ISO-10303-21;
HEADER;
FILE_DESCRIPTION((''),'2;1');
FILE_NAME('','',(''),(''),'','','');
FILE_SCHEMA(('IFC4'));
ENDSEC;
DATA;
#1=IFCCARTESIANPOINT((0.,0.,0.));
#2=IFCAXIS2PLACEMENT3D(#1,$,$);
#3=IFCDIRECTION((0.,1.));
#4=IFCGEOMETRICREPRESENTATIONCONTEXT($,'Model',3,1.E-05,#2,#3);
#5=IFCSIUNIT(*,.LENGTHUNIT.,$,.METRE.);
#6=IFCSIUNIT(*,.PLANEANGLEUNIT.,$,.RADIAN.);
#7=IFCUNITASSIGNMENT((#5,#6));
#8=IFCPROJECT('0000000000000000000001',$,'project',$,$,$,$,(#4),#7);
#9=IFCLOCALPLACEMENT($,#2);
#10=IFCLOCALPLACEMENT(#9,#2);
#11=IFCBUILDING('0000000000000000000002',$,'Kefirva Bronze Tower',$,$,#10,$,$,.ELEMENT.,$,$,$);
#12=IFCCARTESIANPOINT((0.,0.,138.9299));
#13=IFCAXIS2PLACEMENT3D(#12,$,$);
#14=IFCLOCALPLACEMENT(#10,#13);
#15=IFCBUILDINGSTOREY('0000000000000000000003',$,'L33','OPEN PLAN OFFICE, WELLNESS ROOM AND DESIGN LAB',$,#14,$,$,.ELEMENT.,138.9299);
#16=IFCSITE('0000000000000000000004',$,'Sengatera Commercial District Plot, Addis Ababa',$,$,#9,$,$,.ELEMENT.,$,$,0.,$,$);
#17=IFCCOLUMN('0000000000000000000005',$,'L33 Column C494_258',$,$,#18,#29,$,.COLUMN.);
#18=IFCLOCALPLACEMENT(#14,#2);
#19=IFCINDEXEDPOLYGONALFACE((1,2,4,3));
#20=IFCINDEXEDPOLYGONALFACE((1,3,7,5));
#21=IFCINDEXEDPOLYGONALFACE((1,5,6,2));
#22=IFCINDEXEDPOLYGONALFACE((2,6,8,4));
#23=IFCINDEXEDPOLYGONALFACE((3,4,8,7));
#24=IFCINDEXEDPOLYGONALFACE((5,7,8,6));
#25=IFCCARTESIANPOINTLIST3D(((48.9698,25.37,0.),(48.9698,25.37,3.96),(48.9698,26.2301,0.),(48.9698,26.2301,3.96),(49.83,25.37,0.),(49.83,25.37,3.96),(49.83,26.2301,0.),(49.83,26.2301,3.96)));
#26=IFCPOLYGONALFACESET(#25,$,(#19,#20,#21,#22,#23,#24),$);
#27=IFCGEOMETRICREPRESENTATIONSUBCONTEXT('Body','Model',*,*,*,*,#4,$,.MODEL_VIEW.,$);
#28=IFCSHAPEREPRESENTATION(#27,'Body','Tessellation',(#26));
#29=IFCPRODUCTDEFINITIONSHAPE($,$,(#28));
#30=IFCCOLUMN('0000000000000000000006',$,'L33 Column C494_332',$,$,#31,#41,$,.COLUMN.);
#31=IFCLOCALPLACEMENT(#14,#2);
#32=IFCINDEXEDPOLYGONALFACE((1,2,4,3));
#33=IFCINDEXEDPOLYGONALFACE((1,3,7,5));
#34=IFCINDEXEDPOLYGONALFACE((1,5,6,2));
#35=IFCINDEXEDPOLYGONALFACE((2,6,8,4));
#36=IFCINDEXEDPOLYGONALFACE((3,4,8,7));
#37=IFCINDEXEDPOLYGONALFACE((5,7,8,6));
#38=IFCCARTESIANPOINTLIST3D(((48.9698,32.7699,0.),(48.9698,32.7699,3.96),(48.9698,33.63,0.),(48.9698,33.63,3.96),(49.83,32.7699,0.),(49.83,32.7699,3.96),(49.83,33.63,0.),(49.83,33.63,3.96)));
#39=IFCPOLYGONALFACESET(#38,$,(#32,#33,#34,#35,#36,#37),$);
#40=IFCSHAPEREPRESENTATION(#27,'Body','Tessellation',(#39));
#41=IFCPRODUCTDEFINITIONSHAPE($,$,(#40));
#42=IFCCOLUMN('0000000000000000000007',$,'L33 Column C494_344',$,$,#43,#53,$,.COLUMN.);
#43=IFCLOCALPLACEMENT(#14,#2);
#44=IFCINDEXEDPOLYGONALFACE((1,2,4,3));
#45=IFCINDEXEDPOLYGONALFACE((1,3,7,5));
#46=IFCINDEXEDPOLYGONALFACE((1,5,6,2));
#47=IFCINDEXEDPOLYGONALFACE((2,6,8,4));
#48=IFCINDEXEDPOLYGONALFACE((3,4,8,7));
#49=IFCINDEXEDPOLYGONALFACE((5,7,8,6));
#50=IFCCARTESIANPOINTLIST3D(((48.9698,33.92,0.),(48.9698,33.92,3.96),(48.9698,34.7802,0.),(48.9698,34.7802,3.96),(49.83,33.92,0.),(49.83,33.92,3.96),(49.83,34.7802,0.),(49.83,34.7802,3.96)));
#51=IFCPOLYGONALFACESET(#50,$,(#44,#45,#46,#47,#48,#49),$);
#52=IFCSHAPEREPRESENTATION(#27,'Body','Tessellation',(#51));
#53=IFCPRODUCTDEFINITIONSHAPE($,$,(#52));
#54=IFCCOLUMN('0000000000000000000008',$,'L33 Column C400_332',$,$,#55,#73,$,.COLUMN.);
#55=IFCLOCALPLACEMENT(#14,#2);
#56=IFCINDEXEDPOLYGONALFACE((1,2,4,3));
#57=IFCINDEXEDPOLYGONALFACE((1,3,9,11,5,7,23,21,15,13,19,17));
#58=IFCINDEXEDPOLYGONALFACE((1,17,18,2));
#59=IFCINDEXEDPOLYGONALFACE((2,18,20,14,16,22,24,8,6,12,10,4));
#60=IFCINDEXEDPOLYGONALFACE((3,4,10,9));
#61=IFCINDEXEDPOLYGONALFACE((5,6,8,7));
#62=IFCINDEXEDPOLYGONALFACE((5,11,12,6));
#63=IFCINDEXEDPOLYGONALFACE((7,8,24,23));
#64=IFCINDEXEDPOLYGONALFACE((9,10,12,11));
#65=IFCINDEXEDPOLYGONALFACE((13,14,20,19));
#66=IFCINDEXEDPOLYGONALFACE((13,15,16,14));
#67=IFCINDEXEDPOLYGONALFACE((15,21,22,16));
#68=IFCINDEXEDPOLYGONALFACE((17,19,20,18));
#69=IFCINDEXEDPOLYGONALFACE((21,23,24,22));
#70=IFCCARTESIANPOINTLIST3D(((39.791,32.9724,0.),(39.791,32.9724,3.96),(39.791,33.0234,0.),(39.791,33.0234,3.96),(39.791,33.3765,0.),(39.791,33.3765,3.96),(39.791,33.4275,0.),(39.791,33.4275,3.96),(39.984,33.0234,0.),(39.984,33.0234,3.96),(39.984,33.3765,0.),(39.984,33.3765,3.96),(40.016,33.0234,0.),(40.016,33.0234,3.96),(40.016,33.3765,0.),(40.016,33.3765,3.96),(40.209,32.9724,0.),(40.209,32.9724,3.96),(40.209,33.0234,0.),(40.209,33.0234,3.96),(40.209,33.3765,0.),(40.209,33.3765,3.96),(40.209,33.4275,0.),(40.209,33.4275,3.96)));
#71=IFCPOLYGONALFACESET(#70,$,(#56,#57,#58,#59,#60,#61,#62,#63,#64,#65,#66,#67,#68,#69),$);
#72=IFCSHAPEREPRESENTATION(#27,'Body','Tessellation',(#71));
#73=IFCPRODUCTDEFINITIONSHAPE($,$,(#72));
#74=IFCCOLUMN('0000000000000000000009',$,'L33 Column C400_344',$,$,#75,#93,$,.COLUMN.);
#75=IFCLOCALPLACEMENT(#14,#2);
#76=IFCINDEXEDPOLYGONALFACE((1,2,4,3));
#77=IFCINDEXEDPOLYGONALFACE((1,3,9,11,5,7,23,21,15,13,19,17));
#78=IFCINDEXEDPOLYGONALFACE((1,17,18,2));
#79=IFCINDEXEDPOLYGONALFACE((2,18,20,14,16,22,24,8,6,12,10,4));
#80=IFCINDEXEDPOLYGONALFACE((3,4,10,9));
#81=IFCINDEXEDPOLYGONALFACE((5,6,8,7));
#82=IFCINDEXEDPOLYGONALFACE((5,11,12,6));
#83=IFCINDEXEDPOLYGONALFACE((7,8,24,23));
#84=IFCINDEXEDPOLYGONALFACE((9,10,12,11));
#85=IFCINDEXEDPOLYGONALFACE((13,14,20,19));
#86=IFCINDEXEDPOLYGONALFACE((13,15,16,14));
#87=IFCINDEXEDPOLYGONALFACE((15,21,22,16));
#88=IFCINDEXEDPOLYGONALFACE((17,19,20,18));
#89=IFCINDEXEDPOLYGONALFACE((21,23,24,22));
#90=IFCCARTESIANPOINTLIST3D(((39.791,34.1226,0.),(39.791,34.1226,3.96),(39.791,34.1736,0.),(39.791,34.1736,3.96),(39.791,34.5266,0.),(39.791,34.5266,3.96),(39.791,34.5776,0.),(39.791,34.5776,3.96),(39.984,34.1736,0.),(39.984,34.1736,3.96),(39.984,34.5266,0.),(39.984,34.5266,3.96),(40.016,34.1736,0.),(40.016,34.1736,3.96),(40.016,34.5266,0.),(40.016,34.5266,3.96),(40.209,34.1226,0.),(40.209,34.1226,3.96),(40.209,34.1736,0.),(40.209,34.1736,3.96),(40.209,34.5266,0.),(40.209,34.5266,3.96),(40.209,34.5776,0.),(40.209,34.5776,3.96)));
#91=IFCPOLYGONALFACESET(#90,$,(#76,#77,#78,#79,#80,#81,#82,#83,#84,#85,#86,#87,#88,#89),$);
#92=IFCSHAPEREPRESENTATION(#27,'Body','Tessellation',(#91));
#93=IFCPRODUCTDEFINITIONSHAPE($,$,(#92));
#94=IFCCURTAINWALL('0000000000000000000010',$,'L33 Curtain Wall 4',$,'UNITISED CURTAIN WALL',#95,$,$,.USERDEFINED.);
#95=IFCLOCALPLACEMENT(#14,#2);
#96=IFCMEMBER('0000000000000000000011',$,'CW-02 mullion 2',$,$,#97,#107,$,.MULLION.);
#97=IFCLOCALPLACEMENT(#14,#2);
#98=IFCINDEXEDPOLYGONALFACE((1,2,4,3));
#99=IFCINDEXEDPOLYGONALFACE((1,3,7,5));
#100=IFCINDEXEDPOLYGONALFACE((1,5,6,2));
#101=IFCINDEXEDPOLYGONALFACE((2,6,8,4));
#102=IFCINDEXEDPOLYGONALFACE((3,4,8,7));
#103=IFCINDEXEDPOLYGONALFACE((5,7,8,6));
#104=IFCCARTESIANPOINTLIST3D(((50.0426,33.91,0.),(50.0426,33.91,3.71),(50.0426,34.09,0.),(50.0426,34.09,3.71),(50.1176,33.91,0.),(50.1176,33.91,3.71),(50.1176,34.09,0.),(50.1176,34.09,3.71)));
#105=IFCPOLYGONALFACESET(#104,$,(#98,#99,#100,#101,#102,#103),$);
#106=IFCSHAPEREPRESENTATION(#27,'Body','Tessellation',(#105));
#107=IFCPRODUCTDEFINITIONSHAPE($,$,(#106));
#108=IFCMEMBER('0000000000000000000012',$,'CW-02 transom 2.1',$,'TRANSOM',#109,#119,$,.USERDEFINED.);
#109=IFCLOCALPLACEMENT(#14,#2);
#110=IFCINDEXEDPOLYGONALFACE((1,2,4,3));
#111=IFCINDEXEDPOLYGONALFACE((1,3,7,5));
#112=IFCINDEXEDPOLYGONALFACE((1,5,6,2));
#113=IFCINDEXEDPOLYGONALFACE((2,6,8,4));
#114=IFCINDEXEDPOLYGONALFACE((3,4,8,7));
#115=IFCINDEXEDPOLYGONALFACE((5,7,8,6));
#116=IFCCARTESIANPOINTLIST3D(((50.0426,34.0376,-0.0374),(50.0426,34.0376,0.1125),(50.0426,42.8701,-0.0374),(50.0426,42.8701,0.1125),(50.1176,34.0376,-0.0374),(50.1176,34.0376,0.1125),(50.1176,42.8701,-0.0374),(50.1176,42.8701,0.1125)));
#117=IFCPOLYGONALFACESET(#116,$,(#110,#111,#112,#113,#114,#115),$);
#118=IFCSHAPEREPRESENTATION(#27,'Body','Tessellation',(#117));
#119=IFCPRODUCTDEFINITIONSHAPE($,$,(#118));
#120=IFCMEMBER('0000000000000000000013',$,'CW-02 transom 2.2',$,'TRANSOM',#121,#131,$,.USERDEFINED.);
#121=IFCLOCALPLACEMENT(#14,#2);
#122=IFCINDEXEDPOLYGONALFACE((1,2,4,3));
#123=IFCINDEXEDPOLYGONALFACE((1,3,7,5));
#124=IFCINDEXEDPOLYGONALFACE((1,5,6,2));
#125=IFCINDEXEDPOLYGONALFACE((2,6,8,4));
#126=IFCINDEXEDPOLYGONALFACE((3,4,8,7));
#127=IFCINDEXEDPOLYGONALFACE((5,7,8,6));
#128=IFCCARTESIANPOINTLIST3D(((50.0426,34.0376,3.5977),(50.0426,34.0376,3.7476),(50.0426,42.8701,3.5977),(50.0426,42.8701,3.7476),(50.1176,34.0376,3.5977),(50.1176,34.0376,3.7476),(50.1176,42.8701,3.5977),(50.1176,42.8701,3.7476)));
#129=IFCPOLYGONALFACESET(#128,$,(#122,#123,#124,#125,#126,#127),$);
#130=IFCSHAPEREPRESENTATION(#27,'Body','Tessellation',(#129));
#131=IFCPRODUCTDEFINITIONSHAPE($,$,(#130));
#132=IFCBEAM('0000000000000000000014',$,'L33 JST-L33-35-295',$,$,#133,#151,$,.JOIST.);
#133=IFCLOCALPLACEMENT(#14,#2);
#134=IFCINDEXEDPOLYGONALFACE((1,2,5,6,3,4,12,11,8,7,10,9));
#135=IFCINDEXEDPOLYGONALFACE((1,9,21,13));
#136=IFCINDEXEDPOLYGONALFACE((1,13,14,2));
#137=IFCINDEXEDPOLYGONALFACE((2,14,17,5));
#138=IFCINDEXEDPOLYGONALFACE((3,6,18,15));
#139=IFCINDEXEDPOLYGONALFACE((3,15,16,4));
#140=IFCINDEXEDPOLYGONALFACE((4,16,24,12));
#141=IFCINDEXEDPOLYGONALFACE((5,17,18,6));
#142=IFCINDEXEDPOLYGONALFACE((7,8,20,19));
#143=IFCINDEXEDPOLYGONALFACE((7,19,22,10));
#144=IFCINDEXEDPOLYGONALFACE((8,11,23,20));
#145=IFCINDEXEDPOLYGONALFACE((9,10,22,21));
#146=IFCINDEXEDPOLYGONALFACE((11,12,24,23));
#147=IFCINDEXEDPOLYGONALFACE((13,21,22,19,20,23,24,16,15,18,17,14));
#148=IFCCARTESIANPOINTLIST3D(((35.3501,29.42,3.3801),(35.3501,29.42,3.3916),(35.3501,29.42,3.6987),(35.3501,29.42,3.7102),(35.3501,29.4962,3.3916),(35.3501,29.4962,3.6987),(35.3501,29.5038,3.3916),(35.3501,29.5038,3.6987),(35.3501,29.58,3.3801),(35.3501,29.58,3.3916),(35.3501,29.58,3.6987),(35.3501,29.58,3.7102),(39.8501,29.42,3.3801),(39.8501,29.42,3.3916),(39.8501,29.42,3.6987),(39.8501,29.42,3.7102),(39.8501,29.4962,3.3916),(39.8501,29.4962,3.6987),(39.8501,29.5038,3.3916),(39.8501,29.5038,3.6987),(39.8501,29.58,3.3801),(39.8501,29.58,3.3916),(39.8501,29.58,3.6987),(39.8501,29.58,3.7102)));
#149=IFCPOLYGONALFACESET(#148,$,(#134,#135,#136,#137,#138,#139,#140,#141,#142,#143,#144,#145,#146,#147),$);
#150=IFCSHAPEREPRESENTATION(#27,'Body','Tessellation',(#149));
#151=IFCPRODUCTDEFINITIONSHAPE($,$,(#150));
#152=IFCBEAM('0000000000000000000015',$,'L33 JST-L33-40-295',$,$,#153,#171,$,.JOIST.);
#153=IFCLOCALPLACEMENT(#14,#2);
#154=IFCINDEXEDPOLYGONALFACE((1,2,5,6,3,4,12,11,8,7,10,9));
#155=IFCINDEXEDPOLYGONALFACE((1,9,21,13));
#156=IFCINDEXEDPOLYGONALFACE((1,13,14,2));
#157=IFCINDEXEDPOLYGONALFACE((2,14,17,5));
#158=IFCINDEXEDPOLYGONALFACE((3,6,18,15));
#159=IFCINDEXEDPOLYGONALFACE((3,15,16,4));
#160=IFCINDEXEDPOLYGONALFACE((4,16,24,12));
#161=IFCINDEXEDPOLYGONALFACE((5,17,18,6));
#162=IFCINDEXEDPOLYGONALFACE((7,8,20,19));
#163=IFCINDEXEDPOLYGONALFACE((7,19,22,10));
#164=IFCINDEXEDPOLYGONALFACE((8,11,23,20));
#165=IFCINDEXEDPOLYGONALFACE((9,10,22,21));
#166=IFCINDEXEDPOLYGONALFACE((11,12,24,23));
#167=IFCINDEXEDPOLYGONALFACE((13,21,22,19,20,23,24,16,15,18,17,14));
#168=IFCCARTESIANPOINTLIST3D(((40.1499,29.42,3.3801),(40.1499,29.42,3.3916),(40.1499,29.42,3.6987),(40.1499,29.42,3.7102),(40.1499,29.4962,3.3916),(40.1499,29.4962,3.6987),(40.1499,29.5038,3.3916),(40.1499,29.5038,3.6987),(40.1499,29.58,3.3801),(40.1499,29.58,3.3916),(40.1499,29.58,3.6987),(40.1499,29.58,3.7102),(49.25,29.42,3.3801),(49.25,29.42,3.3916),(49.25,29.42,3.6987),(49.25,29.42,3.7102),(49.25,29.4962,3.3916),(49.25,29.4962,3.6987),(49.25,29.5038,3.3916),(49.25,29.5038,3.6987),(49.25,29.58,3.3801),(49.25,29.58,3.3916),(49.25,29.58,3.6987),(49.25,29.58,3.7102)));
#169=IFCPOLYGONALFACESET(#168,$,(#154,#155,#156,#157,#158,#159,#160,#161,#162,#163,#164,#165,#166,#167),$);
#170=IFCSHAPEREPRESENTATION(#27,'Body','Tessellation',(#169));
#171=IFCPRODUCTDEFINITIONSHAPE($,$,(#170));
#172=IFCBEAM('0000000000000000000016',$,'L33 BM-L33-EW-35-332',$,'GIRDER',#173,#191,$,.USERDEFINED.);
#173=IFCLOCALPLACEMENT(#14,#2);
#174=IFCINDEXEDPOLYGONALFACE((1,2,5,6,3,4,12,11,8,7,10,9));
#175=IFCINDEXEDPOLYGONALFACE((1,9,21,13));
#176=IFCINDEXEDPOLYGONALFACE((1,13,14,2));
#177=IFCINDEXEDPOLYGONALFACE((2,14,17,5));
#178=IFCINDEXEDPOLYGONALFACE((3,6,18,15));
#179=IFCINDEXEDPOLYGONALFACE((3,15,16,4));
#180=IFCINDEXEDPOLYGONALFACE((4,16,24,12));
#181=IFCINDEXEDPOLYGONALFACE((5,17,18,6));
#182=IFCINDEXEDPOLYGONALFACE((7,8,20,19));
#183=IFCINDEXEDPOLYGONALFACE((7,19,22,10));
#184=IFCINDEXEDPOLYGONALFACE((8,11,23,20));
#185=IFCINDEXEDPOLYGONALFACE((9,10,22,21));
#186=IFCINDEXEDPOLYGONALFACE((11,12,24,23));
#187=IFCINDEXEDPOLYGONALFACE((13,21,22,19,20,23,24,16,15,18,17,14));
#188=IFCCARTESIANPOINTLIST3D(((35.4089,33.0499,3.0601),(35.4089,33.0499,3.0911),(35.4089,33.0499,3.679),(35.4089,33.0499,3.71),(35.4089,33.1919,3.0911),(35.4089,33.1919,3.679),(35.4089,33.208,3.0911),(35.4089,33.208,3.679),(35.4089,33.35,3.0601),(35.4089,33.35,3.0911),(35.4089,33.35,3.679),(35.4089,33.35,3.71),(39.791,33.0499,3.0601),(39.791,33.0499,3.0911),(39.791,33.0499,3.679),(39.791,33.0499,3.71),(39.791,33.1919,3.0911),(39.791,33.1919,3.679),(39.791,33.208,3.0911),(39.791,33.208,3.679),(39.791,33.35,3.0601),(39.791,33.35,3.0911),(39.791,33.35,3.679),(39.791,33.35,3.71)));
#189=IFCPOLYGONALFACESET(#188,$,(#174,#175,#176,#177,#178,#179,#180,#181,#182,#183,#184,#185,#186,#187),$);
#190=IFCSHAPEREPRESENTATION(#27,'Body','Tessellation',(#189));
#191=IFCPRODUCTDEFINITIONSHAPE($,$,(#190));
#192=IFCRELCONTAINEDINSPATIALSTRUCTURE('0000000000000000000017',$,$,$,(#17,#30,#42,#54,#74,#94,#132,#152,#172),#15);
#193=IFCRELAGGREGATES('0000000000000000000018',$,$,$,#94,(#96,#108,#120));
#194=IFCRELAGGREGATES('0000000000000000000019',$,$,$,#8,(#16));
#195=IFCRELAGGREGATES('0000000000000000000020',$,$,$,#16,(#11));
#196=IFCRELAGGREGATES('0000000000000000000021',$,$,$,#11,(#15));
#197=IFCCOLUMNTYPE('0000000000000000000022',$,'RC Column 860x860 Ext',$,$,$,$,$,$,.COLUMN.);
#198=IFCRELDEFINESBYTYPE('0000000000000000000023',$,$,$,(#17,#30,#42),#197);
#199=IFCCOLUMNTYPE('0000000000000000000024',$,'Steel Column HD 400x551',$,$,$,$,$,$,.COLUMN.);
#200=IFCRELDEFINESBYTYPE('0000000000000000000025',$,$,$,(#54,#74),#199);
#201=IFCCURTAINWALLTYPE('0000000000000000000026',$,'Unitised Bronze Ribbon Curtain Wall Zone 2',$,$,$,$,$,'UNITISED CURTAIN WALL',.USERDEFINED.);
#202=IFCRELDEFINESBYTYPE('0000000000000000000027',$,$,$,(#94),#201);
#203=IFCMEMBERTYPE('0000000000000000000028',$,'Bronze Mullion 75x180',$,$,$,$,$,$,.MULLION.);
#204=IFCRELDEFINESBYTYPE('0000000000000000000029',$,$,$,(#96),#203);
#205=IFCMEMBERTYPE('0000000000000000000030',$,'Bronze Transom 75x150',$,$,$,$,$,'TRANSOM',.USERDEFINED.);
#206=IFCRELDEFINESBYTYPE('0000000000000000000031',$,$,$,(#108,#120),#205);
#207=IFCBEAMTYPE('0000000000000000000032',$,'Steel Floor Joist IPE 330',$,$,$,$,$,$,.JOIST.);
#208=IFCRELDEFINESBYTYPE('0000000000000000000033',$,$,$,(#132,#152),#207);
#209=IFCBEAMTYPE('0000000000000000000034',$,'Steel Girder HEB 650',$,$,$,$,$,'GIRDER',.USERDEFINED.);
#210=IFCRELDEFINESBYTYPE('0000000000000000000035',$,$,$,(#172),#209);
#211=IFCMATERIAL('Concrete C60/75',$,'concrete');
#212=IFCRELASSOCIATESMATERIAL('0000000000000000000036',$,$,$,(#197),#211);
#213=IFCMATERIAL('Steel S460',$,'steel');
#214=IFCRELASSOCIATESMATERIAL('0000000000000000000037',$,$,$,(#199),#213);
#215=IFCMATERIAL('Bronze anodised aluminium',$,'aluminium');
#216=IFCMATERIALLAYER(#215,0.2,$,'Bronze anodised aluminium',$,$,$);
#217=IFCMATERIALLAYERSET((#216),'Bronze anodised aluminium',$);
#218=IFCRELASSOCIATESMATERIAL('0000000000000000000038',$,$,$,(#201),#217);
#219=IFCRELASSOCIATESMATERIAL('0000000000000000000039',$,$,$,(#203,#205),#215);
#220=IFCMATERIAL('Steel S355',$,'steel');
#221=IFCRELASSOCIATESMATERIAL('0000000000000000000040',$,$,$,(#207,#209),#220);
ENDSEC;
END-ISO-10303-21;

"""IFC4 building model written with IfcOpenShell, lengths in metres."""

from ifc_helpers import new_model, si_unit, direction, frame, origin, origin_2d, place, context, subcontext, project, spatial, rectangle, i_section, extrude, material, layer, layer_set, material_profile, profile_set, type_object, element, aggregate, save


model = new_model("IFC4")

# Units and contexts
model_context = context("Model", 3, precision=1e-05, world=origin(), true_north=direction((0.0, 1.0)))
body_context = subcontext(model_context, "Body", "Model", "MODEL_VIEW")
ifc_project = project(units=[si_unit("LENGTHUNIT", "METRE"), si_unit("PLANEANGLEUNIT", "RADIAN")], contexts=[model_context])

# Site, building, storey
site_placement = place(None, origin())
site = spatial("IfcSite", under=ifc_project, at=site_placement, Name="Sengatera Commercial District Plot, Addis Ababa", CompositionType="ELEMENT", RefElevation=0.0)
building_placement = place(site_placement, origin())
building = spatial("IfcBuilding", under=site, at=building_placement, Name="Kefirva Bronze Tower", CompositionType="ELEMENT")
storey_placement = place(building_placement, frame((0.0, 0.0, 138.9299)))
storey = spatial("IfcBuildingStorey", under=building, at=storey_placement, Name="L33", Description="OPEN PLAN OFFICE, WELLNESS ROOM AND DESIGN LAB", CompositionType="ELEMENT", Elevation=138.9299)

# Columns
ifc_material_1 = material(Name="Concrete C60/75", Category="concrete")
ifc_material_profile_1 = material_profile(ifc_material_1, rectangle(XDim=0.8601, YDim=0.8601, at=origin_2d()), Name="RC 860x860")
ifc_profile_set_1 = profile_set([ifc_material_profile_1], Name="Concrete C60/75")
column_type_1 = type_object("IfcColumnType", Name="RC Column 860x860 Ext", PredefinedType="COLUMN", material=ifc_profile_set_1)
for number, where, z_axis, x_axis, name in (
    (1, (49.3999, 25.8, 0.0), (0.0, 0.0, 1.0), (1.0, 0.0, 0.0), "L33 Column C494_258"),
    (2, (49.3999, 33.2, 0.0), (0.0, 0.0, 1.0), (1.0, 0.0, 0.0), "L33 Column C494_332"),
    (3, (49.3999, 34.3501, 0.0), (0.0, 0.0, 1.0), (1.0, 0.0, 0.0), "L33 Column C494_344"),
):
    element("IfcColumn", number, at=place(storey_placement, frame(where, z_axis=z_axis, x_axis=x_axis)), inside=storey, type_object=column_type_1, Name=name, PredefinedType="COLUMN", context=body_context, shape_type="SweptSolid", body=[
        extrude(rectangle(XDim=0.8601, YDim=0.8601, at=origin_2d()), origin(), (0.0, 0.0, 1.0), 3.96),
    ])
ifc_material_2 = material(Name="Steel S460", Category="steel")
ifc_material_profile_2 = material_profile(ifc_material_2, i_section(OverallWidth=0.418, OverallDepth=0.4551, WebThickness=0.032, FlangeThickness=0.051, at=origin_2d()), Name="HD 400x551")
ifc_profile_set_2 = profile_set([ifc_material_profile_2], Name="Steel S460")
column_type_2 = type_object("IfcColumnType", Name="Steel Column HD 400x551", PredefinedType="COLUMN", material=ifc_profile_set_2)
for number, where, z_axis, x_axis, name in (
    (4, (40.0, 33.2, 0.0), (0.0, 0.0, 1.0), (1.0, 0.0, 0.0), "L33 Column C400_332"),
    (5, (40.0, 34.3501, 0.0), (0.0, 0.0, 1.0), (1.0, 0.0, 0.0), "L33 Column C400_344"),
):
    element("IfcColumn", number, at=place(storey_placement, frame(where, z_axis=z_axis, x_axis=x_axis)), inside=storey, type_object=column_type_2, Name=name, PredefinedType="COLUMN", context=body_context, shape_type="SweptSolid", body=[
        extrude(i_section(OverallWidth=0.418, OverallDepth=0.4551, WebThickness=0.032, FlangeThickness=0.051, at=origin_2d()), origin(), (0.0, 0.0, 1.0), 3.96),
    ])

# Curtain wall, members
ifc_material_3 = material(Name="Bronze anodised aluminium", Category="aluminium")
ifc_layer_1 = layer(ifc_material_3, 0.2, Name="Bronze anodised aluminium")
ifc_layer_set_1 = layer_set([ifc_layer_1], Name="Bronze anodised aluminium")
curtain_wall_type = type_object("IfcCurtainWallType", Name="Unitised Bronze Ribbon Curtain Wall Zone 2", ElementType="UNITISED CURTAIN WALL", PredefinedType="USERDEFINED", material=ifc_layer_set_1)
curtain_wall_placement = place(storey_placement, origin())
curtain_wall = element("IfcCurtainWall", 6, at=curtain_wall_placement, inside=storey, type_object=curtain_wall_type, Name="L33 Curtain Wall 4", ObjectType="UNITISED CURTAIN WALL", PredefinedType="USERDEFINED")
ifc_material_profile_3 = material_profile(ifc_material_3, rectangle(XDim=0.075, YDim=0.1799, at=origin_2d()), Name="ALU 75x180")
ifc_profile_set_3 = profile_set([ifc_material_profile_3], Name="Bronze anodised aluminium")
member_type_1 = type_object("IfcMemberType", Name="Bronze Mullion 75x180", PredefinedType="MULLION", material=ifc_profile_set_3)
member_1_placement = place(storey_placement, frame((50.0801, 34.0, 0.0), z_axis=(0.0, 0.0, 1.0), x_axis=(-1.0, 0.0, 0.0)))
member_1 = element("IfcMember", 7, at=member_1_placement, type_object=member_type_1, Name="CW-02 mullion 2", PredefinedType="MULLION", context=body_context, shape_type="SweptSolid", body=[
    extrude(rectangle(XDim=0.075, YDim=0.1799, at=origin_2d()), origin(), (0.0, 0.0, 1.0), 3.71),
])
ifc_material_profile_4 = material_profile(ifc_material_3, rectangle(XDim=0.075, YDim=0.1499, at=origin_2d()), Name="ALU 75x150")
ifc_profile_set_4 = profile_set([ifc_material_profile_4], Name="Bronze anodised aluminium")
member_type_2 = type_object("IfcMemberType", Name="Bronze Transom 75x150", ElementType="TRANSOM", PredefinedType="USERDEFINED", material=ifc_profile_set_4)
member_2_placement = place(storey_placement, frame((50.0801, 34.0376, 0.0376), z_axis=(0.0, 1.0, 0.0), x_axis=(-1.0, 0.0, 0.0)))
member_2 = element("IfcMember", 8, at=member_2_placement, type_object=member_type_2, Name="CW-02 transom 2.1", ObjectType="TRANSOM", PredefinedType="USERDEFINED", context=body_context, shape_type="SweptSolid", body=[
    extrude(rectangle(XDim=0.075, YDim=0.1499, at=origin_2d()), origin(), (0.0, 0.0, 1.0), 8.8325),
])
member_3_placement = place(storey_placement, frame((50.0801, 34.0376, 3.6726), z_axis=(0.0, 1.0, 0.0), x_axis=(-1.0, 0.0, 0.0)))
member_3 = element("IfcMember", 9, at=member_3_placement, type_object=member_type_2, Name="CW-02 transom 2.2", ObjectType="TRANSOM", PredefinedType="USERDEFINED", context=body_context, shape_type="SweptSolid", body=[
    extrude(rectangle(XDim=0.075, YDim=0.1499, at=origin_2d()), origin(), (0.0, 0.0, 1.0), 8.8325),
])

# Beams
ifc_material_4 = material(Name="Steel S355", Category="steel")
ifc_material_profile_5 = material_profile(ifc_material_4, i_section(OverallWidth=0.1599, OverallDepth=0.3301, WebThickness=0.0076, FlangeThickness=0.0115, at=origin_2d()), Name="IPE 330")
ifc_profile_set_5 = profile_set([ifc_material_profile_5], Name="Steel S355")
beam_type_1 = type_object("IfcBeamType", Name="Steel Floor Joist IPE 330", PredefinedType="JOIST", material=ifc_profile_set_5)
beam_1_placement = place(storey_placement, frame((35.3501, 29.5, 3.5452), z_axis=(1.0, 0.0, 0.0), x_axis=(0.0, 1.0, 0.0)))
element("IfcBeam", 10, at=beam_1_placement, inside=storey, type_object=beam_type_1, Name="L33 JST-L33-35-295", PredefinedType="JOIST", context=body_context, shape_type="SweptSolid", body=[
    extrude(i_section(OverallWidth=0.1599, OverallDepth=0.3301, WebThickness=0.0076, FlangeThickness=0.0115, at=origin_2d()), origin(), (0.0, 0.0, 1.0), 4.5),
])
beam_2_placement = place(storey_placement, frame((40.1499, 29.5, 3.5452), z_axis=(1.0, 0.0, 0.0), x_axis=(0.0, 1.0, 0.0)))
element("IfcBeam", 11, at=beam_2_placement, inside=storey, type_object=beam_type_1, Name="L33 JST-L33-40-295", PredefinedType="JOIST", context=body_context, shape_type="SweptSolid", body=[
    extrude(i_section(OverallWidth=0.1599, OverallDepth=0.3301, WebThickness=0.0076, FlangeThickness=0.0115, at=origin_2d()), origin(), (0.0, 0.0, 1.0), 9.1001),
])
ifc_material_profile_6 = material_profile(ifc_material_4, i_section(OverallWidth=0.3, OverallDepth=0.6499, WebThickness=0.0161, FlangeThickness=0.031, at=origin_2d()), Name="HEB 650")
ifc_profile_set_6 = profile_set([ifc_material_profile_6], Name="Steel S355")
beam_type_2 = type_object("IfcBeamType", Name="Steel Girder HEB 650", ElementType="GIRDER", PredefinedType="USERDEFINED", material=ifc_profile_set_6)
beam_3_placement = place(storey_placement, frame((35.4089, 33.2, 3.385), z_axis=(1.0, 0.0, 0.0), x_axis=(0.0, 1.0, 0.0)))
element("IfcBeam", 12, at=beam_3_placement, inside=storey, type_object=beam_type_2, Name="L33 BM-L33-EW-35-332", ObjectType="GIRDER", PredefinedType="USERDEFINED", context=body_context, shape_type="SweptSolid", body=[
    extrude(i_section(OverallWidth=0.3, OverallDepth=0.6499, WebThickness=0.0161, FlangeThickness=0.031, at=origin_2d()), origin(), (0.0, 0.0, 1.0), 4.3821),
])

aggregate(curtain_wall, [member_1, member_2, member_3])

save(model, "model.ifc")
